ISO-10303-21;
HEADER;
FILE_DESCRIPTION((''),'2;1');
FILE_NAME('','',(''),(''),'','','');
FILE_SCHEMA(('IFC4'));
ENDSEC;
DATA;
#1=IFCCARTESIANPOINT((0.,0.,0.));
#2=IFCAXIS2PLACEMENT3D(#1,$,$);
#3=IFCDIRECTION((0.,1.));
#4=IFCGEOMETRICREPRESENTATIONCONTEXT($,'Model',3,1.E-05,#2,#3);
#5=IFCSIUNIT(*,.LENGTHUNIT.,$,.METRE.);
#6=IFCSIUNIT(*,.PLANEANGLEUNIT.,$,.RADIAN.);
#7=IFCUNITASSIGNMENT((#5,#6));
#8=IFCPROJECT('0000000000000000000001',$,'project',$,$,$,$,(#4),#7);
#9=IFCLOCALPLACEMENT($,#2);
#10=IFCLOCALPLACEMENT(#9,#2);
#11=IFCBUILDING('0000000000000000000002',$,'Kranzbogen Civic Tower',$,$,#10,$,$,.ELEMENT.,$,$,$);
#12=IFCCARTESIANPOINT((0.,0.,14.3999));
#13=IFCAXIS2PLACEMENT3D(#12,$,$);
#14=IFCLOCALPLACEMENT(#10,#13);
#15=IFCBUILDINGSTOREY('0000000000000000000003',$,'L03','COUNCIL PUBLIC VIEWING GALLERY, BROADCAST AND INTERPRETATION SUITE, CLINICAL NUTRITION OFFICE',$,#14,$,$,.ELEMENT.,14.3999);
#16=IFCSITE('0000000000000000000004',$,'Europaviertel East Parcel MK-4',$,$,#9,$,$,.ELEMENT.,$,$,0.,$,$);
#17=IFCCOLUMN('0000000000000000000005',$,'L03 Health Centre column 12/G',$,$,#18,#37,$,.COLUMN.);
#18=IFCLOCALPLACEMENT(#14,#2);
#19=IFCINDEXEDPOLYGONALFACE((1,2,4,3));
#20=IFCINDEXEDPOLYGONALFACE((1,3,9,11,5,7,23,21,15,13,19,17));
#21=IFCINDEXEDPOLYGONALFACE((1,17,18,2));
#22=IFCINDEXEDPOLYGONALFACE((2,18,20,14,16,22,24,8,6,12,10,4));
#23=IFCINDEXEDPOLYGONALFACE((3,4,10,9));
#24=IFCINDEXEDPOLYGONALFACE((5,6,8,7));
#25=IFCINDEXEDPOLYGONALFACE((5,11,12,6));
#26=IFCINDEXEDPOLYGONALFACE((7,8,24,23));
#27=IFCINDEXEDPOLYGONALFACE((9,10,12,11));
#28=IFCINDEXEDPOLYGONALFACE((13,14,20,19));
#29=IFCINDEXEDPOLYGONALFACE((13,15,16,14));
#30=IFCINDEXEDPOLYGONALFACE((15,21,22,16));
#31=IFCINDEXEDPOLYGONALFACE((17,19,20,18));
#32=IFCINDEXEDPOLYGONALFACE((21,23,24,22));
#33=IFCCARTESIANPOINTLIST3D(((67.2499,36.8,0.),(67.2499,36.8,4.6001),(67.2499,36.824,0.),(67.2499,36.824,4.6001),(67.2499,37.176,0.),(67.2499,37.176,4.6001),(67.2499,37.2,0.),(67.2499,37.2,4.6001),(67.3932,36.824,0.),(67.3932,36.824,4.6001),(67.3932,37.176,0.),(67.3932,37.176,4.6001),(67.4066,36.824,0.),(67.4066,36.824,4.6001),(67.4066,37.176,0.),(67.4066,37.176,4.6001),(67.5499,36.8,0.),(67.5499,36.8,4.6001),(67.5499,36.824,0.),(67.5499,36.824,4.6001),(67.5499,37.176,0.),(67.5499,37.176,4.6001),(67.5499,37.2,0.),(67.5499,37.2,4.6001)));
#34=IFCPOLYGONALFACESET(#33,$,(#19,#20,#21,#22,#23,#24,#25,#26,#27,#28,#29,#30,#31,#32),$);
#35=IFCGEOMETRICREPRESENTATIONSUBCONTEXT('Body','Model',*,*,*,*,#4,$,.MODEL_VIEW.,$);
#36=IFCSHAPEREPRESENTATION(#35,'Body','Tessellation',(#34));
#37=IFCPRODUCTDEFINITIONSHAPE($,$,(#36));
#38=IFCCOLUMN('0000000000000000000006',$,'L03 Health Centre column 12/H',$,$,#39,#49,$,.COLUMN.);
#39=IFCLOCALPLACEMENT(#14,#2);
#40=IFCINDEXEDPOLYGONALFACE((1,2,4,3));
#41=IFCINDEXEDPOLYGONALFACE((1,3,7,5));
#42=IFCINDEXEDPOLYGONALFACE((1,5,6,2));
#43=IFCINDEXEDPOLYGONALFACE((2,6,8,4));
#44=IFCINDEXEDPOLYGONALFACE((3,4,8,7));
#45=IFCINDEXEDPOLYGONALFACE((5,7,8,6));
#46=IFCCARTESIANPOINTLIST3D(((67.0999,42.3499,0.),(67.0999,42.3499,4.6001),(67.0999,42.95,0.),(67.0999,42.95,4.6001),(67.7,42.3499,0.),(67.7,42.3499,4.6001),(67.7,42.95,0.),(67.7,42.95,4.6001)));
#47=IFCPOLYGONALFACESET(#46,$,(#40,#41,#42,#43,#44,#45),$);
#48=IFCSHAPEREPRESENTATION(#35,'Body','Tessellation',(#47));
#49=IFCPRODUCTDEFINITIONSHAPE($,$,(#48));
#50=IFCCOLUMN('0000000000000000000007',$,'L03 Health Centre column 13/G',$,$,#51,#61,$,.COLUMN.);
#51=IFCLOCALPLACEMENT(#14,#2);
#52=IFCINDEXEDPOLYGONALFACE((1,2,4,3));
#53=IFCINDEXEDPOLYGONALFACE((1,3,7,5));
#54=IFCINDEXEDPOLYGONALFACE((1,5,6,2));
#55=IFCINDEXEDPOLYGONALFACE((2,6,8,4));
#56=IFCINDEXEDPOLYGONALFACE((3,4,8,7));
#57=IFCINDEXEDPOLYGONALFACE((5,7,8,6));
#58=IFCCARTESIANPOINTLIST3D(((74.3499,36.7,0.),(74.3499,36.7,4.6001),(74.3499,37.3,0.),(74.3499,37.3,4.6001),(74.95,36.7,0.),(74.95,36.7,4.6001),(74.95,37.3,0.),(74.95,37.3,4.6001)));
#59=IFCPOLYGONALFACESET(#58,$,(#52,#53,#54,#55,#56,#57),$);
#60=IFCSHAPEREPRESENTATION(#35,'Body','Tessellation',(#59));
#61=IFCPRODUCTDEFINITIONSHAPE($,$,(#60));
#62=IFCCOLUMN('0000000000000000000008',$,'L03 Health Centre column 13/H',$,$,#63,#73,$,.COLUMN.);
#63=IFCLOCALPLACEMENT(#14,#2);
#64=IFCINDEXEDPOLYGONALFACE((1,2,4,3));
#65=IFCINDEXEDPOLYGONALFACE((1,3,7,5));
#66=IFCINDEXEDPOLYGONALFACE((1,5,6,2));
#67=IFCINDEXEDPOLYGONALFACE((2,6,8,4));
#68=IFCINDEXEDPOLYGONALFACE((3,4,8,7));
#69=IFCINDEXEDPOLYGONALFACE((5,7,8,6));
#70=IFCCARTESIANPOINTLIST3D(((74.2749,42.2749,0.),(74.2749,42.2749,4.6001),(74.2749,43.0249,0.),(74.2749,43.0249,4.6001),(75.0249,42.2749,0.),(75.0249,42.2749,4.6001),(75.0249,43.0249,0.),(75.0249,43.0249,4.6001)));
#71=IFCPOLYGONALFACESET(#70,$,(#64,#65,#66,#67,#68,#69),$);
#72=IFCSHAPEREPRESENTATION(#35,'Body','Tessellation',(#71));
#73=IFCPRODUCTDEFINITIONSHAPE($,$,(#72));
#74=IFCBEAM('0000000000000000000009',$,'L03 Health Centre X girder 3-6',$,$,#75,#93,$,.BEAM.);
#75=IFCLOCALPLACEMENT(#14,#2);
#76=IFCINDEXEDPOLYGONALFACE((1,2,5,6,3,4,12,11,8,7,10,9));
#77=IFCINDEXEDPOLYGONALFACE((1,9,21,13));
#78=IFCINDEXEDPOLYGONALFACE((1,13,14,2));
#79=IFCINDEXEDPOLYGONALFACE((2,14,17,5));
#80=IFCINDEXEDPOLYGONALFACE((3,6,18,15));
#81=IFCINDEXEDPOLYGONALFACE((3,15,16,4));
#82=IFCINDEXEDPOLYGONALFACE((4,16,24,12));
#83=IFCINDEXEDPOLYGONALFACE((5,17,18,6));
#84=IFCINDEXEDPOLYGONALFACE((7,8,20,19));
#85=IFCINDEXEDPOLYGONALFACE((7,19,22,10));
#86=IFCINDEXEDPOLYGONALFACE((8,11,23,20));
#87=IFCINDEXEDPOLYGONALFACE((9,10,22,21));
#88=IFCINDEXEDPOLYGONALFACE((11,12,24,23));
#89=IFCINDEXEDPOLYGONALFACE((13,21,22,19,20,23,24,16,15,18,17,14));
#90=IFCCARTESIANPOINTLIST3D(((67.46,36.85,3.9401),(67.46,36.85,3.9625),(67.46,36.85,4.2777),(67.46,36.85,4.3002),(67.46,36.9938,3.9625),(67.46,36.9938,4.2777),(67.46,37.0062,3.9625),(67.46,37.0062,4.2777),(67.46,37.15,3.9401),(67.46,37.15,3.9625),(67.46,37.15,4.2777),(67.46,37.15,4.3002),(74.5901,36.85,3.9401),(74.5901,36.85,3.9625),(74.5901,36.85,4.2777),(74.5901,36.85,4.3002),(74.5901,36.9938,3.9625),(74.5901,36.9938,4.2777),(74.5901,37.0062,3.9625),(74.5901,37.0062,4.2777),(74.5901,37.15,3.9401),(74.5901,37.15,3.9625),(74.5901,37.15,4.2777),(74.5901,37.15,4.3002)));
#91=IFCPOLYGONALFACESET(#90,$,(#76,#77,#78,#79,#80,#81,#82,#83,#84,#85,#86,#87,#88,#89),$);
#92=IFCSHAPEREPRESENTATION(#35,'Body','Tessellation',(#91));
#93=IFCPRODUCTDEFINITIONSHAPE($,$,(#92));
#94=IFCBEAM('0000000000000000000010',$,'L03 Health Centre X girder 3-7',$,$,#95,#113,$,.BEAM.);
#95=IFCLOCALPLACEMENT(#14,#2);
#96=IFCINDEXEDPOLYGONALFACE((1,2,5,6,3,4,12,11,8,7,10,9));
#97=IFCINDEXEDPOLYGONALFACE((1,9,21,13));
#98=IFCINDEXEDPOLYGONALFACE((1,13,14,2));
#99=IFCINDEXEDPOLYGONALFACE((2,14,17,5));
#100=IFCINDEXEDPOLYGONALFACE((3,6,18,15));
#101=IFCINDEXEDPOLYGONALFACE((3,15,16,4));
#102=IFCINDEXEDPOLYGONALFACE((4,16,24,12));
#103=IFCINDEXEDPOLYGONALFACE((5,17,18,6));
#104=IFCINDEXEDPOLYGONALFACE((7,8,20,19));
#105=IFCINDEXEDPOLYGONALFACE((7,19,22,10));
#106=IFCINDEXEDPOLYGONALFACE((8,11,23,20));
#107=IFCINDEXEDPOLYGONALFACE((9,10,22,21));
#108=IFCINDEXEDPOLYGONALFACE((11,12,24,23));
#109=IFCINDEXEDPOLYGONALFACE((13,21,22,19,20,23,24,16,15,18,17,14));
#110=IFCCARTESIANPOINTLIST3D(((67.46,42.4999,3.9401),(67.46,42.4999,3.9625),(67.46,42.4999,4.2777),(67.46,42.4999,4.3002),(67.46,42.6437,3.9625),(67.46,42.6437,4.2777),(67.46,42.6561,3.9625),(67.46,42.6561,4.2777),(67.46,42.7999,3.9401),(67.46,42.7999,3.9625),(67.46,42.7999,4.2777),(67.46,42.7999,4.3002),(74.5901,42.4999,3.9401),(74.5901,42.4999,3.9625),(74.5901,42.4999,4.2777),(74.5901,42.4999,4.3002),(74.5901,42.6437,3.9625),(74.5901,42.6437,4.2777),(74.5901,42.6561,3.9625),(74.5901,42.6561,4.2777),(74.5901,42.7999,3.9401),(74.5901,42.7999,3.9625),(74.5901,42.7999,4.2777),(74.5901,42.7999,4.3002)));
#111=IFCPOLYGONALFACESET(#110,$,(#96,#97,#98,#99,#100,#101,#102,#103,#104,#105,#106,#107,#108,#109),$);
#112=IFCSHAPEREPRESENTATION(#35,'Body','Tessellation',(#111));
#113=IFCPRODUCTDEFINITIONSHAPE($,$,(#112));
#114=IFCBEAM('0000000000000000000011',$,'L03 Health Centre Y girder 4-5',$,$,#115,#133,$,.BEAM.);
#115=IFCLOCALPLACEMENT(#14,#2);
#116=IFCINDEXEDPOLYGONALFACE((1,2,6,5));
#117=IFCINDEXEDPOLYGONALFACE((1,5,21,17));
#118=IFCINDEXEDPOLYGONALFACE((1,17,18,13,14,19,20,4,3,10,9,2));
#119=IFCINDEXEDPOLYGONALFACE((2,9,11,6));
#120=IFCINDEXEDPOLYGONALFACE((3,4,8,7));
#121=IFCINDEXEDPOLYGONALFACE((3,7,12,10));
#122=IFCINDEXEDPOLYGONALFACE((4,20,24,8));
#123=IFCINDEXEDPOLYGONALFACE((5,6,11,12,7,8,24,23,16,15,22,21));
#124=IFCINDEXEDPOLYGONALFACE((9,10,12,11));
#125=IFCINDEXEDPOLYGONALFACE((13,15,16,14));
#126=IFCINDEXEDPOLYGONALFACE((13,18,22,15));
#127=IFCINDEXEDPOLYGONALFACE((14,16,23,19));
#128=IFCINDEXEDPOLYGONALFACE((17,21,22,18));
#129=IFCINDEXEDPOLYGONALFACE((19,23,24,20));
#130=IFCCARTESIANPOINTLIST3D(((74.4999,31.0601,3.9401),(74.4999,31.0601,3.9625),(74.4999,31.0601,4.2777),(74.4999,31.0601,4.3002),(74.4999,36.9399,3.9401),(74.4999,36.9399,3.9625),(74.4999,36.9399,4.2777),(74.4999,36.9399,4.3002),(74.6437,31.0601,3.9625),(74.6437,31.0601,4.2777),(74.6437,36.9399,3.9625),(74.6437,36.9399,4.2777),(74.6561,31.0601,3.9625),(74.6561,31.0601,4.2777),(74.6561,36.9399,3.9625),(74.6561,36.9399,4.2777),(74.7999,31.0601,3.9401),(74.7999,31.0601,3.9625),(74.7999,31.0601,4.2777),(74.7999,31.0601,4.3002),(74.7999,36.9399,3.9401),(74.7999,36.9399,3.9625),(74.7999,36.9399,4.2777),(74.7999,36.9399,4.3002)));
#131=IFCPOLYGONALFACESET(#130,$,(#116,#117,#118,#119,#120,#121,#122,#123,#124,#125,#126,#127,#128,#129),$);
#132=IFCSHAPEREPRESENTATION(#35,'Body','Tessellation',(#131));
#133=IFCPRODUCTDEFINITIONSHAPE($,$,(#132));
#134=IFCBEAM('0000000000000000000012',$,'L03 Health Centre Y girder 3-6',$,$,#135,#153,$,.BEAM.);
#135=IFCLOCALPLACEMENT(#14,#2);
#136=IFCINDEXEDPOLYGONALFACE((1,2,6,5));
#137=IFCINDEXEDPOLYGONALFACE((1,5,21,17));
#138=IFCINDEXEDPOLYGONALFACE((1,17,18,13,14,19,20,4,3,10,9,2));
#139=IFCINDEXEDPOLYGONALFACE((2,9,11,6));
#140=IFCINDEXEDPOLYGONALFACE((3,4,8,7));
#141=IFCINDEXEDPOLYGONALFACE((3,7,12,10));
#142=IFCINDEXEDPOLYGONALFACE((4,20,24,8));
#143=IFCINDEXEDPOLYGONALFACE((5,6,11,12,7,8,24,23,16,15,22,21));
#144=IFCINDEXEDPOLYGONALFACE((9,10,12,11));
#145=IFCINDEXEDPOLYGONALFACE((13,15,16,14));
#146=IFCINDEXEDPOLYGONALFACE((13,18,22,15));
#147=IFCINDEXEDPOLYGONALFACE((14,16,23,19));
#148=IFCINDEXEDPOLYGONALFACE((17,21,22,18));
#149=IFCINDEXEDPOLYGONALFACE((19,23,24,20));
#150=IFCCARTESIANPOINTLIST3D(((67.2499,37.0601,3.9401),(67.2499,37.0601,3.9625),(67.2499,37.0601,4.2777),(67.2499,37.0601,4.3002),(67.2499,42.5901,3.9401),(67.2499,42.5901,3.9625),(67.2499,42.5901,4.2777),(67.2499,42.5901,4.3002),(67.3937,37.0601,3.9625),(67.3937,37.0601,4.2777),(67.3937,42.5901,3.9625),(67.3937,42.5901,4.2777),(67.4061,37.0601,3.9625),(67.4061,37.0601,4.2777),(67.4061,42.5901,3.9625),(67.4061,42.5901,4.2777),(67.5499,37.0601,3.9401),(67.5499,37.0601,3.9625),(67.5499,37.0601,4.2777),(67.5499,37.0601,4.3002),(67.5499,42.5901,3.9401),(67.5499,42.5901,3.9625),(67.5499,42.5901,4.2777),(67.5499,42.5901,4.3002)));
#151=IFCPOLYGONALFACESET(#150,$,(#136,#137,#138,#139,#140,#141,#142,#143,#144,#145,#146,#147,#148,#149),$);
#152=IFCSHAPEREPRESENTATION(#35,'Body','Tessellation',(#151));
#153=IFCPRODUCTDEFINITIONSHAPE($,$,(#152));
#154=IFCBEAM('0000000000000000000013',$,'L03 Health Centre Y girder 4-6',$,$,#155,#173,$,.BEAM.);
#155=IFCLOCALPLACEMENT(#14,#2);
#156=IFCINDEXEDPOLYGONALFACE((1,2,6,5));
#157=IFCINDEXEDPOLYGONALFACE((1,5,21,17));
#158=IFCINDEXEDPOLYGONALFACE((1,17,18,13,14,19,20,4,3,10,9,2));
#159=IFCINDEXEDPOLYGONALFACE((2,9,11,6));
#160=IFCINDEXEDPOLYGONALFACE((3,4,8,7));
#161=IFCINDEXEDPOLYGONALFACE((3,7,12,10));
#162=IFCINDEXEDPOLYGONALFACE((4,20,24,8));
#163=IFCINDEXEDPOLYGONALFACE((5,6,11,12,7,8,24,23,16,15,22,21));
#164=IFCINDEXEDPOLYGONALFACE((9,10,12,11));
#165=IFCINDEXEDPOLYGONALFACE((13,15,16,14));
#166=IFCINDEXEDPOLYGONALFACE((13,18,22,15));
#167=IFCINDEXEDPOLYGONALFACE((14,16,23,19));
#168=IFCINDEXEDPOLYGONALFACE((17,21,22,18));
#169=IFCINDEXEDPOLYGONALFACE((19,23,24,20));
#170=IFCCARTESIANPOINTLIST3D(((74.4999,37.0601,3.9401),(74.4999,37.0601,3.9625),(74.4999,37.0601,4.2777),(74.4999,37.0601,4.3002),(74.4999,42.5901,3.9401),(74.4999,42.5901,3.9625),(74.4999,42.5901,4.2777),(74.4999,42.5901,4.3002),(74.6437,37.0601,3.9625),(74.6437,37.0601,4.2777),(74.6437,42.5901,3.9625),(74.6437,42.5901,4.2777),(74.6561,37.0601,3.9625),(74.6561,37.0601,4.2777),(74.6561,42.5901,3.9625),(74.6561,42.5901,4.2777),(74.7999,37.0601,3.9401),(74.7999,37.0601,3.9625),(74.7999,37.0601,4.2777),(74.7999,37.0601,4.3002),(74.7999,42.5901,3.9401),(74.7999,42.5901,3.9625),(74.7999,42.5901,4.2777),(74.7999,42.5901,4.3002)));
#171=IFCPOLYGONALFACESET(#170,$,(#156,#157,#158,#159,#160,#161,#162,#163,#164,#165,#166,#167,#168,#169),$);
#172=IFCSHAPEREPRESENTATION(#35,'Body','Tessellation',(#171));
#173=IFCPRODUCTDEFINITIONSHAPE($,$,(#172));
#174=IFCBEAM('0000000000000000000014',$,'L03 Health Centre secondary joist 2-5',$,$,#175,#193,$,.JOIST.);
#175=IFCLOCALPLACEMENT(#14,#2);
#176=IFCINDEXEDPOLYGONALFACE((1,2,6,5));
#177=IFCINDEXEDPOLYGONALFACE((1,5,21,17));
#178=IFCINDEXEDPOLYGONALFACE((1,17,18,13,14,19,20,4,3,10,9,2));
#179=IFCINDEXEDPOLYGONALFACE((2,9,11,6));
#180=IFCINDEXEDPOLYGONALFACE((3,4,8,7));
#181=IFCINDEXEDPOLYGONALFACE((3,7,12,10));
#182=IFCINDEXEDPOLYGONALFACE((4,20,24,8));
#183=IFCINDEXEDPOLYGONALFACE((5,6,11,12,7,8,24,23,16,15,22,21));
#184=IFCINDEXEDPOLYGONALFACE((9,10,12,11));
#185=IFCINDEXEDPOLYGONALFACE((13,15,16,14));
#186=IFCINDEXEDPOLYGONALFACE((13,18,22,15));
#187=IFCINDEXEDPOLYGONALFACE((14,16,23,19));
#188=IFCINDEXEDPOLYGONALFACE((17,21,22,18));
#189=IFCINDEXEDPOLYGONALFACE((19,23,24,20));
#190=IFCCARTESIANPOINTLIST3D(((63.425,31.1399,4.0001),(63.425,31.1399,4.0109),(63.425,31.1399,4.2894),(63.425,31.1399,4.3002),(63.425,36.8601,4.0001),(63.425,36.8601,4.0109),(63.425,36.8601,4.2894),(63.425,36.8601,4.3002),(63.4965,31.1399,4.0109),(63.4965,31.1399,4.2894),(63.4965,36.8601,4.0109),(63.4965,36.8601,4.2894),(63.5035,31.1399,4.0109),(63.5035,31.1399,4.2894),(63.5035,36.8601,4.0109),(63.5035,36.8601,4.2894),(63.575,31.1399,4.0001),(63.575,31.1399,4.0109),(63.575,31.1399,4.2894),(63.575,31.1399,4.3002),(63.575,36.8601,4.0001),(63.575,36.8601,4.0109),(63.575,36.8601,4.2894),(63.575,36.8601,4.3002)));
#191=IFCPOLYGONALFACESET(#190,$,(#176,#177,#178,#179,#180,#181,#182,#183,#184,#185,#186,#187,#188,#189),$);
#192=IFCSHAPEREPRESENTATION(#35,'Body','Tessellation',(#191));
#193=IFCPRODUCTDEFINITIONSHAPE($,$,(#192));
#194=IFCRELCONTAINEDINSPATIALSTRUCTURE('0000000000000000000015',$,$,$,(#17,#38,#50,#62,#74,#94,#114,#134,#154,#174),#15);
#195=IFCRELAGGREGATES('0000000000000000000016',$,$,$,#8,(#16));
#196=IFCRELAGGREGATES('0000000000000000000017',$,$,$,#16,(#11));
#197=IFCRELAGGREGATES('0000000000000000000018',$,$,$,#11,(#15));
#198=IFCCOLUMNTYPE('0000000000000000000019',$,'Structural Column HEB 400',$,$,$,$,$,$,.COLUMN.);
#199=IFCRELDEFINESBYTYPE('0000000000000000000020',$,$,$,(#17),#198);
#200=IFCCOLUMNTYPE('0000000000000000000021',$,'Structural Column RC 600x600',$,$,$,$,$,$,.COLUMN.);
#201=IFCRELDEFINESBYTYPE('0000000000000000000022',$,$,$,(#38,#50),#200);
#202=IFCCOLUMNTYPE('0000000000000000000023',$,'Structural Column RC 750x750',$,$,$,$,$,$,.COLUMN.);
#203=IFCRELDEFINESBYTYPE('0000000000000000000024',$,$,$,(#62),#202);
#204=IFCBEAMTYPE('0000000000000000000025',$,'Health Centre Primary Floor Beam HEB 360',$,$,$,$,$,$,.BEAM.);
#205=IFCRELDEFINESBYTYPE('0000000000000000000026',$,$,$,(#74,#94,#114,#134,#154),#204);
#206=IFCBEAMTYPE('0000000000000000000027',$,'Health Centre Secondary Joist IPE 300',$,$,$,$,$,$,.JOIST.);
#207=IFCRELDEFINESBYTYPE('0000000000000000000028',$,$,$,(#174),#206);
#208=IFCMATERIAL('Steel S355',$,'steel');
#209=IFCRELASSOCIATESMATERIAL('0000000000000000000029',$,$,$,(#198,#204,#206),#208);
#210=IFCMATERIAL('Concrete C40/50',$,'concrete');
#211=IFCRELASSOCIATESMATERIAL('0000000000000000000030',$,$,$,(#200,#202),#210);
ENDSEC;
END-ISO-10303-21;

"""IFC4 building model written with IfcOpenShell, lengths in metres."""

from ifc_helpers import new_model, si_unit, direction, frame, origin, origin_2d, place, context, subcontext, project, spatial, rectangle, i_section, extrude, material, material_profile, profile_set, type_object, element, save


model = new_model("IFC4")

# Units and contexts
model_context = context("Model", 3, precision=1e-05, world=origin(), true_north=direction((0.0, 1.0)))
body_context = subcontext(model_context, "Body", "Model", "MODEL_VIEW")
ifc_project = project(units=[si_unit("LENGTHUNIT", "METRE"), si_unit("PLANEANGLEUNIT", "RADIAN")], contexts=[model_context])

# Site, building, storey
site_placement = place(None, origin())
site = spatial("IfcSite", under=ifc_project, at=site_placement, Name="Europaviertel East Parcel MK-4", CompositionType="ELEMENT", RefElevation=0.0)
building_placement = place(site_placement, origin())
building = spatial("IfcBuilding", under=site, at=building_placement, Name="Kranzbogen Civic Tower", CompositionType="ELEMENT")
storey_placement = place(building_placement, frame((0.0, 0.0, 14.3999)))
storey = spatial("IfcBuildingStorey", under=building, at=storey_placement, Name="L03", Description="COUNCIL PUBLIC VIEWING GALLERY, BROADCAST AND INTERPRETATION SUITE, CLINICAL NUTRITION OFFICE", CompositionType="ELEMENT", Elevation=14.3999)

# Columns
ifc_material_1 = material(Name="Steel S355", Category="steel")
ifc_material_profile_1 = material_profile(ifc_material_1, i_section(OverallWidth=0.3, OverallDepth=0.3999, WebThickness=0.0134, FlangeThickness=0.0239, at=origin_2d()), Name="HEB 400")
ifc_profile_set_1 = profile_set([ifc_material_profile_1], Name="Steel S355")
column_type_1 = type_object("IfcColumnType", Name="Structural Column HEB 400", PredefinedType="COLUMN", material=ifc_profile_set_1)
column_1_placement = place(storey_placement, frame((67.3999, 37.0, 0.0), z_axis=(0.0, 0.0, 1.0), x_axis=(1.0, 0.0, 0.0)))
element("IfcColumn", 1, at=column_1_placement, inside=storey, type_object=column_type_1, Name="L03 Health Centre column 12/G", PredefinedType="COLUMN", context=body_context, shape_type="SweptSolid", body=[
    extrude(i_section(OverallWidth=0.3, OverallDepth=0.3999, WebThickness=0.0134, FlangeThickness=0.0239, at=origin_2d()), origin(), (0.0, 0.0, 1.0), 4.6001),
])
ifc_material_2 = material(Name="Concrete C40/50", Category="concrete")
ifc_material_profile_2 = material_profile(ifc_material_2, rectangle(XDim=0.6001, YDim=0.6001, at=origin_2d()), Name="RC 600x600")
ifc_profile_set_2 = profile_set([ifc_material_profile_2], Name="Concrete C40/50")
column_type_2 = type_object("IfcColumnType", Name="Structural Column RC 600x600", PredefinedType="COLUMN", material=ifc_profile_set_2)
for number, where, z_axis, x_axis, name in (
    (2, (67.3999, 42.6499, 0.0), (0.0, 0.0, 1.0), (1.0, 0.0, 0.0), "L03 Health Centre column 12/H"),
    (3, (74.6499, 37.0, 0.0), (0.0, 0.0, 1.0), (1.0, 0.0, 0.0), "L03 Health Centre column 13/G"),
):
    element("IfcColumn", number, at=place(storey_placement, frame(where, z_axis=z_axis, x_axis=x_axis)), inside=storey, type_object=column_type_2, Name=name, PredefinedType="COLUMN", context=body_context, shape_type="SweptSolid", body=[
        extrude(rectangle(XDim=0.6001, YDim=0.6001, at=origin_2d()), origin(), (0.0, 0.0, 1.0), 4.6001),
    ])
ifc_material_profile_3 = material_profile(ifc_material_2, rectangle(XDim=0.75, YDim=0.75, at=origin_2d()), Name="RC 750x750")
ifc_profile_set_3 = profile_set([ifc_material_profile_3], Name="Concrete C40/50")
column_type_3 = type_object("IfcColumnType", Name="Structural Column RC 750x750", PredefinedType="COLUMN", material=ifc_profile_set_3)
column_2_placement = place(storey_placement, frame((74.6499, 42.6499, 0.0), z_axis=(0.0, 0.0, 1.0), x_axis=(1.0, 0.0, 0.0)))
element("IfcColumn", 4, at=column_2_placement, inside=storey, type_object=column_type_3, Name="L03 Health Centre column 13/H", PredefinedType="COLUMN", context=body_context, shape_type="SweptSolid", body=[
    extrude(rectangle(XDim=0.75, YDim=0.75, at=origin_2d()), origin(), (0.0, 0.0, 1.0), 4.6001),
])

# Beams
ifc_material_profile_4 = material_profile(ifc_material_1, i_section(OverallWidth=0.3, OverallDepth=0.3601, WebThickness=0.0125, FlangeThickness=0.0225, at=origin_2d()), Name="HEB 360")
ifc_profile_set_4 = profile_set([ifc_material_profile_4], Name="Steel S355")
beam_type_1 = type_object("IfcBeamType", Name="Health Centre Primary Floor Beam HEB 360", PredefinedType="BEAM", material=ifc_profile_set_4)
for number, where, z_axis, x_axis, name in (
    (5, (67.46, 37.0, 4.1201), (1.0, 0.0, 0.0), (0.0, 1.0, 0.0), "L03 Health Centre X girder 3-6"),
    (6, (67.46, 42.6499, 4.1201), (1.0, 0.0, 0.0), (0.0, 1.0, 0.0), "L03 Health Centre X girder 3-7"),
):
    element("IfcBeam", number, at=place(storey_placement, frame(where, z_axis=z_axis, x_axis=x_axis)), inside=storey, type_object=beam_type_1, Name=name, PredefinedType="BEAM", context=body_context, shape_type="SweptSolid", body=[
        extrude(i_section(OverallWidth=0.3, OverallDepth=0.3601, WebThickness=0.0125, FlangeThickness=0.0225, at=origin_2d()), origin(), (0.0, 0.0, 1.0), 7.1301),
    ])
beam_placement = place(storey_placement, frame((74.6499, 31.0601, 4.1201), z_axis=(0.0, 1.0, 0.0), x_axis=(-1.0, 0.0, 0.0)))
element("IfcBeam", 7, at=beam_placement, inside=storey, type_object=beam_type_1, Name="L03 Health Centre Y girder 4-5", PredefinedType="BEAM", context=body_context, shape_type="SweptSolid", body=[
    extrude(i_section(OverallWidth=0.3, OverallDepth=0.3601, WebThickness=0.0125, FlangeThickness=0.0225, at=origin_2d()), origin(), (0.0, 0.0, 1.0), 5.8799),
])
for number, where, z_axis, x_axis, name in (
    (8, (67.3999, 37.0601, 4.1201), (0.0, 1.0, 0.0), (-1.0, 0.0, 0.0), "L03 Health Centre Y girder 3-6"),
    (9, (74.6499, 37.0601, 4.1201), (0.0, 1.0, 0.0), (-1.0, 0.0, 0.0), "L03 Health Centre Y girder 4-6"),
):
    element("IfcBeam", number, at=place(storey_placement, frame(where, z_axis=z_axis, x_axis=x_axis)), inside=storey, type_object=beam_type_1, Name=name, PredefinedType="BEAM", context=body_context, shape_type="SweptSolid", body=[
        extrude(i_section(OverallWidth=0.3, OverallDepth=0.3601, WebThickness=0.0125, FlangeThickness=0.0225, at=origin_2d()), origin(), (0.0, 0.0, 1.0), 5.53),
    ])
ifc_material_profile_5 = material_profile(ifc_material_1, i_section(OverallWidth=0.1499, OverallDepth=0.3, WebThickness=0.0071, FlangeThickness=0.0107, at=origin_2d()), Name="IPE 300")
ifc_profile_set_5 = profile_set([ifc_material_profile_5], Name="Steel S355")
beam_type_2 = type_object("IfcBeamType", Name="Health Centre Secondary Joist IPE 300", PredefinedType="JOIST", material=ifc_profile_set_5)
for number, where, z_axis, x_axis, name in (
    (10, (63.5, 31.1399, 4.1501), (0.0, 1.0, 0.0), (-1.0, 0.0, 0.0), "L03 Health Centre secondary joist 2-5"),
):
    element("IfcBeam", number, at=place(storey_placement, frame(where, z_axis=z_axis, x_axis=x_axis)), inside=storey, type_object=beam_type_2, Name=name, PredefinedType="JOIST", context=body_context, shape_type="SweptSolid", body=[
        extrude(i_section(OverallWidth=0.1499, OverallDepth=0.3, WebThickness=0.0071, FlangeThickness=0.0107, at=origin_2d()), origin(), (0.0, 0.0, 1.0), 5.7202),
    ])

save(model, "model.ifc")
